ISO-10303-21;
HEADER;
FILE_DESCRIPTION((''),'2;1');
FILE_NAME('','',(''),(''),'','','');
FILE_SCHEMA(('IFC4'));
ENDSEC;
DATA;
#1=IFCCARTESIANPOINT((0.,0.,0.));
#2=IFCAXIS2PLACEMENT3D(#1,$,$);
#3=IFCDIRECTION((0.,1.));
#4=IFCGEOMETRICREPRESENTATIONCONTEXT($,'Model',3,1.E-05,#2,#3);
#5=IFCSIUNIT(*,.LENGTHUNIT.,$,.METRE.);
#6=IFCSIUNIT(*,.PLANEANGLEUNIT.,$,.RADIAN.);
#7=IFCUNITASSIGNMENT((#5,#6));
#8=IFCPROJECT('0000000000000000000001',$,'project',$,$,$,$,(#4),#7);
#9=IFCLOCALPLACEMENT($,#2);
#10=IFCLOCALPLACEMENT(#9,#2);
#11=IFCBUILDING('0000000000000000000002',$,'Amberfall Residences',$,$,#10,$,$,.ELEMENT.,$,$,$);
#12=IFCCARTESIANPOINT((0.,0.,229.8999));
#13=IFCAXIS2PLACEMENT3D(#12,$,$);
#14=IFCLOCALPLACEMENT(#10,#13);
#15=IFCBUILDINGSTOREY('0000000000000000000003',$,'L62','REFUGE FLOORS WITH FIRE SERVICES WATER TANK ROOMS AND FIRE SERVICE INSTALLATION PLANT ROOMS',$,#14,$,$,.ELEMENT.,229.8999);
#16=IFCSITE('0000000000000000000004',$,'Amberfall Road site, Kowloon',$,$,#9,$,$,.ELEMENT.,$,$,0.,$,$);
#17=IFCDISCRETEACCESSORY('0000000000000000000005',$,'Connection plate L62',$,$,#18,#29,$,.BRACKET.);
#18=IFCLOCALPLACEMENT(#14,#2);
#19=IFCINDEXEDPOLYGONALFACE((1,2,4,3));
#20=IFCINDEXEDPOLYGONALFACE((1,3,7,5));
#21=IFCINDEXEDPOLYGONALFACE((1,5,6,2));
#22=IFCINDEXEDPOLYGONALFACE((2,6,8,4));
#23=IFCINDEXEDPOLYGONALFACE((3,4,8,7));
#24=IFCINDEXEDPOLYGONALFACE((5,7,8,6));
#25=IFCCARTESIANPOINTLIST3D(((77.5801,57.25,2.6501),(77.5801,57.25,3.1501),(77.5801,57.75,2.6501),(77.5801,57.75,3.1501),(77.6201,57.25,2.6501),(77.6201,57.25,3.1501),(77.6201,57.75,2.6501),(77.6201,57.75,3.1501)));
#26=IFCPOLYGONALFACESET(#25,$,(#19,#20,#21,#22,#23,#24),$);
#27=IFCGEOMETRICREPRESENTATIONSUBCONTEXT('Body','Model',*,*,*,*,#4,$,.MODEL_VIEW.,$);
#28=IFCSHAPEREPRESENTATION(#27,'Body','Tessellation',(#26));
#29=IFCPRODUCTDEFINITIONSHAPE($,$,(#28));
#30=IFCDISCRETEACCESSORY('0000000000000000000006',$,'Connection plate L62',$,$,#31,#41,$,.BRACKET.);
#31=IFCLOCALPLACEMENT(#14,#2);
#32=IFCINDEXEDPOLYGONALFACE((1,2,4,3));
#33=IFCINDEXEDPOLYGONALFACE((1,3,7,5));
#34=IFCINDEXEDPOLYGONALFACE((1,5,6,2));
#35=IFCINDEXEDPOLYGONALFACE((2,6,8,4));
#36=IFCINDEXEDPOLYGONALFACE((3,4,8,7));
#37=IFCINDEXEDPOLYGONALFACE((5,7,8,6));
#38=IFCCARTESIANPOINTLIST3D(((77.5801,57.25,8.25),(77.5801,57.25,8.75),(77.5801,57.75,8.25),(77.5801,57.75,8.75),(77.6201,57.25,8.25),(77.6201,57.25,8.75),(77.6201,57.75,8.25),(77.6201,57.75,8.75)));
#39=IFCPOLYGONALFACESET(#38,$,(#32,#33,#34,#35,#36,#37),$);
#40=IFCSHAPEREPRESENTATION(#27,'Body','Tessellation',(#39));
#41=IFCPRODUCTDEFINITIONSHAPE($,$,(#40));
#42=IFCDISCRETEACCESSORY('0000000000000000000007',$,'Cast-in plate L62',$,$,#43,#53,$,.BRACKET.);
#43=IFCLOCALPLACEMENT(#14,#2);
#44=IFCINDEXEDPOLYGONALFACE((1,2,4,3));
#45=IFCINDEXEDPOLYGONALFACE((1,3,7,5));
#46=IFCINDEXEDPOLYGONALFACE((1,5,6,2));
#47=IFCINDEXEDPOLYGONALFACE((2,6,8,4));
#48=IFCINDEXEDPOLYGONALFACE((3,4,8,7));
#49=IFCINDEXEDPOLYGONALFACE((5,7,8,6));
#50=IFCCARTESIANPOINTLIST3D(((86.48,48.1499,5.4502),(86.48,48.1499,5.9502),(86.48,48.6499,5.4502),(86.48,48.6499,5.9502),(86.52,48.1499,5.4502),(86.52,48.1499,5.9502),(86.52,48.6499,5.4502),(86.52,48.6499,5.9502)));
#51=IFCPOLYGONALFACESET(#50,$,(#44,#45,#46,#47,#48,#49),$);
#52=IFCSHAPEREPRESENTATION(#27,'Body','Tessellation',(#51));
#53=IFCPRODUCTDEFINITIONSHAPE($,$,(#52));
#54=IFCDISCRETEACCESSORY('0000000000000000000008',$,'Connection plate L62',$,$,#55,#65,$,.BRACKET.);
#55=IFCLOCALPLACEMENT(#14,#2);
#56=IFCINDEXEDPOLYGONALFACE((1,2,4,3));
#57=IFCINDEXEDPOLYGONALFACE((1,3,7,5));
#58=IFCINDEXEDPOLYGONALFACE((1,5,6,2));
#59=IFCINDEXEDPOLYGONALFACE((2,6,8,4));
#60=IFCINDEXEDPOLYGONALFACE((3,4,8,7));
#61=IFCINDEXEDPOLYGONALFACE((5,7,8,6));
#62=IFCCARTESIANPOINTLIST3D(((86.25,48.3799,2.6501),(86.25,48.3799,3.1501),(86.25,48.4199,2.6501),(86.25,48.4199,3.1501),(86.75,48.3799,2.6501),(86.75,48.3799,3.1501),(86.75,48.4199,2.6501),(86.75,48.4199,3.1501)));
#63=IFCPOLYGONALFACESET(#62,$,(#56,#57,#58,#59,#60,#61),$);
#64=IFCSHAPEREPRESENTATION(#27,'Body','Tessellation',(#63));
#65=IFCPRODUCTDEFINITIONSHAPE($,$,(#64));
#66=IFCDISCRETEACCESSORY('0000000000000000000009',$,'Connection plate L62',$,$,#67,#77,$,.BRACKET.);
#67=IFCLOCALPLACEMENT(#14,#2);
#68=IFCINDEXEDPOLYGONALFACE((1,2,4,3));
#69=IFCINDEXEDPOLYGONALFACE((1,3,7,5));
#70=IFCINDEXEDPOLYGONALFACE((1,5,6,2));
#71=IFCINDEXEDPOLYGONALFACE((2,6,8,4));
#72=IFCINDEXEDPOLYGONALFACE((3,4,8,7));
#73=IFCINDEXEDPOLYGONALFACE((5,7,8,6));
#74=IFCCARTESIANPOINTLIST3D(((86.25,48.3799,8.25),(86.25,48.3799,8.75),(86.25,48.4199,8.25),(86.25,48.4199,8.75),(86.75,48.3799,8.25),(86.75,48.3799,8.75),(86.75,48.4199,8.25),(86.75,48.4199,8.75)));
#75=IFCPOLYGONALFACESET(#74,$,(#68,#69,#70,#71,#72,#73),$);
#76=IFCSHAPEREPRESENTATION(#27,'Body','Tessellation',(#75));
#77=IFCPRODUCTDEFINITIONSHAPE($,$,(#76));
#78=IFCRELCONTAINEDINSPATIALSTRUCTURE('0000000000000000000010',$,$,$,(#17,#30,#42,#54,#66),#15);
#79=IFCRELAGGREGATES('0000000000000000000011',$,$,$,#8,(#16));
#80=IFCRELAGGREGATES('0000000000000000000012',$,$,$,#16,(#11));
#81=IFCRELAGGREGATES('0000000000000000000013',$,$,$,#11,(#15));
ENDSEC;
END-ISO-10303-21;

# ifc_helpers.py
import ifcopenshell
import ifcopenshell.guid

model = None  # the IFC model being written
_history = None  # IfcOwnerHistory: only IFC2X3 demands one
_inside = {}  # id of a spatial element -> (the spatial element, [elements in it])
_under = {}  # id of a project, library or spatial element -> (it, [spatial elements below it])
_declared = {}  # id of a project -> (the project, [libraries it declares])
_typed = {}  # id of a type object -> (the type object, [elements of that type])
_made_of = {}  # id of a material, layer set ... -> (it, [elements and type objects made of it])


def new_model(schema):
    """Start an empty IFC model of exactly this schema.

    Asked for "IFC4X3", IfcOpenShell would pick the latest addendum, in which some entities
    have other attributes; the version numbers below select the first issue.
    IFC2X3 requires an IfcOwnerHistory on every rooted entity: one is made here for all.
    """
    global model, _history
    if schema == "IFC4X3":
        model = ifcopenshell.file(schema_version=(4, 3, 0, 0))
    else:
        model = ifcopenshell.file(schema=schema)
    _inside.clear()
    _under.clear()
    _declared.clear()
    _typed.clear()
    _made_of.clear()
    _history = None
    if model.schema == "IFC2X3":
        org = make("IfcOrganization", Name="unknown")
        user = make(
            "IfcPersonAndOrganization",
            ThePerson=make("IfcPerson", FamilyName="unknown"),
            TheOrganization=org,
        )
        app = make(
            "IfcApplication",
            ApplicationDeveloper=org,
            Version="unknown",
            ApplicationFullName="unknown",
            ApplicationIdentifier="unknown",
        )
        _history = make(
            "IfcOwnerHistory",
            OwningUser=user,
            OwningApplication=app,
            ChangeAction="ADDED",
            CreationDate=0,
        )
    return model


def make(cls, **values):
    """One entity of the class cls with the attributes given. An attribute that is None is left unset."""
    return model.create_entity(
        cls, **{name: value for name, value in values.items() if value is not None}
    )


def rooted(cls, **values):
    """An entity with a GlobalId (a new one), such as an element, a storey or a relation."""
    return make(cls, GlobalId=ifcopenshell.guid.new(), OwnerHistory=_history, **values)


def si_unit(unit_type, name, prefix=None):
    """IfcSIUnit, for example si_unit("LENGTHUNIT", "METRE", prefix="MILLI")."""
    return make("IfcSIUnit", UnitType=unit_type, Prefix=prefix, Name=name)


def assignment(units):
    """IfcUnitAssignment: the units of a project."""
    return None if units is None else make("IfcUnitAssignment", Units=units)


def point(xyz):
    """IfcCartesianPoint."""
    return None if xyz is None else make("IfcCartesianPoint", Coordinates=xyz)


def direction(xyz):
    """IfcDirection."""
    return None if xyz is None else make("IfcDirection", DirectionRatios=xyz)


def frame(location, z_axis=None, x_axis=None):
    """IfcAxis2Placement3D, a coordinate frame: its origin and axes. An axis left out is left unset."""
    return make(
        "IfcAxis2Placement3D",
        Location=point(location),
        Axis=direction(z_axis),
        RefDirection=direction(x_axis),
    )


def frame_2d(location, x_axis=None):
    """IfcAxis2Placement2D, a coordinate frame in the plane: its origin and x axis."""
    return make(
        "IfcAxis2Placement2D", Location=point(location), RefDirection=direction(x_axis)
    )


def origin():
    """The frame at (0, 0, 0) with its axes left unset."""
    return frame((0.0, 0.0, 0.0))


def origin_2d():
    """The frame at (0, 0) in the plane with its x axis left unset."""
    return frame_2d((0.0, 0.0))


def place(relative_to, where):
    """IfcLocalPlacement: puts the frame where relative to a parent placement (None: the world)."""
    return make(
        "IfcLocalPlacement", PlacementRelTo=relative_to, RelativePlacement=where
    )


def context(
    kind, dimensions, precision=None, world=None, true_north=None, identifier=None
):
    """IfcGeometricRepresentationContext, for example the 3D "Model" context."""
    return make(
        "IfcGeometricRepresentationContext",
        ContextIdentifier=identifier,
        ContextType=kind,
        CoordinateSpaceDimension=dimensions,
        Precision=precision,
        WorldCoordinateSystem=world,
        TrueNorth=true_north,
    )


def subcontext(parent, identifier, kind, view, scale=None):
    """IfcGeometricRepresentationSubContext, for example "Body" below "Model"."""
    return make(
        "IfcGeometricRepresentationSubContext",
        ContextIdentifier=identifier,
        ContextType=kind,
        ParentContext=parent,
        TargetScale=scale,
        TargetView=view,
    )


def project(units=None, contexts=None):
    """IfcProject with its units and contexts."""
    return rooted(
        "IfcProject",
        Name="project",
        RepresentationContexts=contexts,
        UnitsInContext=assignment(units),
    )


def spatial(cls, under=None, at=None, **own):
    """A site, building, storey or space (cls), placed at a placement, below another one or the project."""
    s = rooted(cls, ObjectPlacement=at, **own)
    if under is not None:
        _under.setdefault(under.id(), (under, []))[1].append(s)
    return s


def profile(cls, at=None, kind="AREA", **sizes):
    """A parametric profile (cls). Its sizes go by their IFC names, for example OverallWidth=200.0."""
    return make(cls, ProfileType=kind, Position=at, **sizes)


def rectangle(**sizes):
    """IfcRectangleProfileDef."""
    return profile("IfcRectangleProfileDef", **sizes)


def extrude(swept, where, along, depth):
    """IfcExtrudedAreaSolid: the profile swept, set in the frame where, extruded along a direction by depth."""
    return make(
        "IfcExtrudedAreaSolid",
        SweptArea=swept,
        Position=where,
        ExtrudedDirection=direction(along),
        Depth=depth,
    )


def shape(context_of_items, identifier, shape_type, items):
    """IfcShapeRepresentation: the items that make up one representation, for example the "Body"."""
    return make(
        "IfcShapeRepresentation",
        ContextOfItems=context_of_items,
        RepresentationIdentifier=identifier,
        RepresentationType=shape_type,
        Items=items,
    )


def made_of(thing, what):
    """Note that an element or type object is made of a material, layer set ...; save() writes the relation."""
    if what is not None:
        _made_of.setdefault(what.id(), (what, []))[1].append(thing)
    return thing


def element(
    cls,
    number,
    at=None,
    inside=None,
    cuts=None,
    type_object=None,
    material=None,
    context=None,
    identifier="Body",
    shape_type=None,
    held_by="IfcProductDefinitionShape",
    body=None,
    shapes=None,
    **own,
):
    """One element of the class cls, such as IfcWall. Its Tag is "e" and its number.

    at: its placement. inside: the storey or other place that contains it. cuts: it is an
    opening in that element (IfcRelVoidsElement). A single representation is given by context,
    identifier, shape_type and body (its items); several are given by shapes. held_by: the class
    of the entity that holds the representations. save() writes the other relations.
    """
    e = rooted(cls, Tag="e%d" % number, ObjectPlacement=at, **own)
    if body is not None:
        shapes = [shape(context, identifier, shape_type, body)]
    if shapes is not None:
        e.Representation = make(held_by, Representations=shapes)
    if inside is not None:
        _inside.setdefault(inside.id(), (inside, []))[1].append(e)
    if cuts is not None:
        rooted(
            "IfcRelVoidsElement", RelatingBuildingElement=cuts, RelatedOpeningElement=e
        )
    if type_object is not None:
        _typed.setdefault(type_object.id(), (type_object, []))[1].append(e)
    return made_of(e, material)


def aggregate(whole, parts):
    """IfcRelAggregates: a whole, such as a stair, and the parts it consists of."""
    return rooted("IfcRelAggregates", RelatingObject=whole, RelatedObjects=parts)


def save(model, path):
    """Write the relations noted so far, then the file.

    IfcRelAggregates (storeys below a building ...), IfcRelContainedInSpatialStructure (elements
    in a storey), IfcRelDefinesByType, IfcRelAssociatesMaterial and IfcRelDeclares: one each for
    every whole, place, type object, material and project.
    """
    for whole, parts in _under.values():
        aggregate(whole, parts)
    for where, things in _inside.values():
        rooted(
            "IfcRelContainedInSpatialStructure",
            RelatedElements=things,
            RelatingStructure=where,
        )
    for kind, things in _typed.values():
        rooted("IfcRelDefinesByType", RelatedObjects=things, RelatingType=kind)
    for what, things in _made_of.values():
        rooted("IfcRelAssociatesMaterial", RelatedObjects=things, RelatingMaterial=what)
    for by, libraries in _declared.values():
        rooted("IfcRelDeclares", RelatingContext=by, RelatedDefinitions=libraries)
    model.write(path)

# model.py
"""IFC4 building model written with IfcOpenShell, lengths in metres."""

from ifc_helpers import new_model, si_unit, direction, frame, origin, origin_2d, place, context, subcontext, project, spatial, rectangle, extrude, element, save


model = new_model("IFC4")

# Units and contexts
model_context = context("Model", 3, precision=1e-05, world=origin(), true_north=direction((0.0, 1.0)))
body_context = subcontext(model_context, "Body", "Model", "MODEL_VIEW")
ifc_project = project(units=[si_unit("LENGTHUNIT", "METRE"), si_unit("PLANEANGLEUNIT", "RADIAN")], contexts=[model_context])

# Site, building, storey
site_placement = place(None, origin())
site = spatial("IfcSite", under=ifc_project, at=site_placement, Name="Amberfall Road site, Kowloon", CompositionType="ELEMENT", RefElevation=0.0)
building_placement = place(site_placement, origin())
building = spatial("IfcBuilding", under=site, at=building_placement, Name="Amberfall Residences", CompositionType="ELEMENT")
storey_placement = place(building_placement, frame((0.0, 0.0, 229.8999)))
storey = spatial("IfcBuildingStorey", under=building, at=storey_placement, Name="L62", Description="REFUGE FLOORS WITH FIRE SERVICES WATER TANK ROOMS AND FIRE SERVICE INSTALLATION PLANT ROOMS", CompositionType="ELEMENT", Elevation=229.8999)

# Discrete accessories
for number, where, z_axis, x_axis, name in (
    (1, (77.6001, 57.5, 2.6501), (0.0, 0.0, 1.0), (0.0, 1.0, 0.0), "Connection plate L62"),
    (2, (77.6001, 57.5, 8.25), (0.0, 0.0, 1.0), (0.0, 1.0, 0.0), "Connection plate L62"),
):
    element("IfcDiscreteAccessory", number, at=place(storey_placement, frame(where, z_axis=z_axis, x_axis=x_axis)), inside=storey, Name=name, PredefinedType="BRACKET", context=body_context, shape_type="SweptSolid", body=[
        extrude(rectangle(XDim=0.5, YDim=0.04, at=origin_2d()), origin(), (0.0, 0.0, 1.0), 0.5),
    ])
discrete_accessory_1_placement = place(storey_placement, frame((86.5, 48.3999, 5.4502), z_axis=(0.0, 0.0, 1.0), x_axis=(1.0, 0.0, 0.0)))
element("IfcDiscreteAccessory", 3, at=discrete_accessory_1_placement, inside=storey, Name="Cast-in plate L62", PredefinedType="BRACKET", context=body_context, shape_type="SweptSolid", body=[
    extrude(rectangle(XDim=0.04, YDim=0.5, at=origin_2d()), origin(), (0.0, 0.0, 1.0), 0.5),
])
for number, where, z_axis, x_axis, name in (
    (4, (86.5, 48.3999, 2.6501), (0.0, 0.0, 1.0), (1.0, 0.0, 0.0), "Connection plate L62"),
    (5, (86.5, 48.3999, 8.25), (0.0, 0.0, 1.0), (1.0, 0.0, 0.0), "Connection plate L62"),
):
    element("IfcDiscreteAccessory", number, at=place(storey_placement, frame(where, z_axis=z_axis, x_axis=x_axis)), inside=storey, Name=name, PredefinedType="BRACKET", context=body_context, shape_type="SweptSolid", body=[
        extrude(rectangle(XDim=0.5, YDim=0.04, at=origin_2d()), origin(), (0.0, 0.0, 1.0), 0.5),
    ])

save(model, "model.ifc")
